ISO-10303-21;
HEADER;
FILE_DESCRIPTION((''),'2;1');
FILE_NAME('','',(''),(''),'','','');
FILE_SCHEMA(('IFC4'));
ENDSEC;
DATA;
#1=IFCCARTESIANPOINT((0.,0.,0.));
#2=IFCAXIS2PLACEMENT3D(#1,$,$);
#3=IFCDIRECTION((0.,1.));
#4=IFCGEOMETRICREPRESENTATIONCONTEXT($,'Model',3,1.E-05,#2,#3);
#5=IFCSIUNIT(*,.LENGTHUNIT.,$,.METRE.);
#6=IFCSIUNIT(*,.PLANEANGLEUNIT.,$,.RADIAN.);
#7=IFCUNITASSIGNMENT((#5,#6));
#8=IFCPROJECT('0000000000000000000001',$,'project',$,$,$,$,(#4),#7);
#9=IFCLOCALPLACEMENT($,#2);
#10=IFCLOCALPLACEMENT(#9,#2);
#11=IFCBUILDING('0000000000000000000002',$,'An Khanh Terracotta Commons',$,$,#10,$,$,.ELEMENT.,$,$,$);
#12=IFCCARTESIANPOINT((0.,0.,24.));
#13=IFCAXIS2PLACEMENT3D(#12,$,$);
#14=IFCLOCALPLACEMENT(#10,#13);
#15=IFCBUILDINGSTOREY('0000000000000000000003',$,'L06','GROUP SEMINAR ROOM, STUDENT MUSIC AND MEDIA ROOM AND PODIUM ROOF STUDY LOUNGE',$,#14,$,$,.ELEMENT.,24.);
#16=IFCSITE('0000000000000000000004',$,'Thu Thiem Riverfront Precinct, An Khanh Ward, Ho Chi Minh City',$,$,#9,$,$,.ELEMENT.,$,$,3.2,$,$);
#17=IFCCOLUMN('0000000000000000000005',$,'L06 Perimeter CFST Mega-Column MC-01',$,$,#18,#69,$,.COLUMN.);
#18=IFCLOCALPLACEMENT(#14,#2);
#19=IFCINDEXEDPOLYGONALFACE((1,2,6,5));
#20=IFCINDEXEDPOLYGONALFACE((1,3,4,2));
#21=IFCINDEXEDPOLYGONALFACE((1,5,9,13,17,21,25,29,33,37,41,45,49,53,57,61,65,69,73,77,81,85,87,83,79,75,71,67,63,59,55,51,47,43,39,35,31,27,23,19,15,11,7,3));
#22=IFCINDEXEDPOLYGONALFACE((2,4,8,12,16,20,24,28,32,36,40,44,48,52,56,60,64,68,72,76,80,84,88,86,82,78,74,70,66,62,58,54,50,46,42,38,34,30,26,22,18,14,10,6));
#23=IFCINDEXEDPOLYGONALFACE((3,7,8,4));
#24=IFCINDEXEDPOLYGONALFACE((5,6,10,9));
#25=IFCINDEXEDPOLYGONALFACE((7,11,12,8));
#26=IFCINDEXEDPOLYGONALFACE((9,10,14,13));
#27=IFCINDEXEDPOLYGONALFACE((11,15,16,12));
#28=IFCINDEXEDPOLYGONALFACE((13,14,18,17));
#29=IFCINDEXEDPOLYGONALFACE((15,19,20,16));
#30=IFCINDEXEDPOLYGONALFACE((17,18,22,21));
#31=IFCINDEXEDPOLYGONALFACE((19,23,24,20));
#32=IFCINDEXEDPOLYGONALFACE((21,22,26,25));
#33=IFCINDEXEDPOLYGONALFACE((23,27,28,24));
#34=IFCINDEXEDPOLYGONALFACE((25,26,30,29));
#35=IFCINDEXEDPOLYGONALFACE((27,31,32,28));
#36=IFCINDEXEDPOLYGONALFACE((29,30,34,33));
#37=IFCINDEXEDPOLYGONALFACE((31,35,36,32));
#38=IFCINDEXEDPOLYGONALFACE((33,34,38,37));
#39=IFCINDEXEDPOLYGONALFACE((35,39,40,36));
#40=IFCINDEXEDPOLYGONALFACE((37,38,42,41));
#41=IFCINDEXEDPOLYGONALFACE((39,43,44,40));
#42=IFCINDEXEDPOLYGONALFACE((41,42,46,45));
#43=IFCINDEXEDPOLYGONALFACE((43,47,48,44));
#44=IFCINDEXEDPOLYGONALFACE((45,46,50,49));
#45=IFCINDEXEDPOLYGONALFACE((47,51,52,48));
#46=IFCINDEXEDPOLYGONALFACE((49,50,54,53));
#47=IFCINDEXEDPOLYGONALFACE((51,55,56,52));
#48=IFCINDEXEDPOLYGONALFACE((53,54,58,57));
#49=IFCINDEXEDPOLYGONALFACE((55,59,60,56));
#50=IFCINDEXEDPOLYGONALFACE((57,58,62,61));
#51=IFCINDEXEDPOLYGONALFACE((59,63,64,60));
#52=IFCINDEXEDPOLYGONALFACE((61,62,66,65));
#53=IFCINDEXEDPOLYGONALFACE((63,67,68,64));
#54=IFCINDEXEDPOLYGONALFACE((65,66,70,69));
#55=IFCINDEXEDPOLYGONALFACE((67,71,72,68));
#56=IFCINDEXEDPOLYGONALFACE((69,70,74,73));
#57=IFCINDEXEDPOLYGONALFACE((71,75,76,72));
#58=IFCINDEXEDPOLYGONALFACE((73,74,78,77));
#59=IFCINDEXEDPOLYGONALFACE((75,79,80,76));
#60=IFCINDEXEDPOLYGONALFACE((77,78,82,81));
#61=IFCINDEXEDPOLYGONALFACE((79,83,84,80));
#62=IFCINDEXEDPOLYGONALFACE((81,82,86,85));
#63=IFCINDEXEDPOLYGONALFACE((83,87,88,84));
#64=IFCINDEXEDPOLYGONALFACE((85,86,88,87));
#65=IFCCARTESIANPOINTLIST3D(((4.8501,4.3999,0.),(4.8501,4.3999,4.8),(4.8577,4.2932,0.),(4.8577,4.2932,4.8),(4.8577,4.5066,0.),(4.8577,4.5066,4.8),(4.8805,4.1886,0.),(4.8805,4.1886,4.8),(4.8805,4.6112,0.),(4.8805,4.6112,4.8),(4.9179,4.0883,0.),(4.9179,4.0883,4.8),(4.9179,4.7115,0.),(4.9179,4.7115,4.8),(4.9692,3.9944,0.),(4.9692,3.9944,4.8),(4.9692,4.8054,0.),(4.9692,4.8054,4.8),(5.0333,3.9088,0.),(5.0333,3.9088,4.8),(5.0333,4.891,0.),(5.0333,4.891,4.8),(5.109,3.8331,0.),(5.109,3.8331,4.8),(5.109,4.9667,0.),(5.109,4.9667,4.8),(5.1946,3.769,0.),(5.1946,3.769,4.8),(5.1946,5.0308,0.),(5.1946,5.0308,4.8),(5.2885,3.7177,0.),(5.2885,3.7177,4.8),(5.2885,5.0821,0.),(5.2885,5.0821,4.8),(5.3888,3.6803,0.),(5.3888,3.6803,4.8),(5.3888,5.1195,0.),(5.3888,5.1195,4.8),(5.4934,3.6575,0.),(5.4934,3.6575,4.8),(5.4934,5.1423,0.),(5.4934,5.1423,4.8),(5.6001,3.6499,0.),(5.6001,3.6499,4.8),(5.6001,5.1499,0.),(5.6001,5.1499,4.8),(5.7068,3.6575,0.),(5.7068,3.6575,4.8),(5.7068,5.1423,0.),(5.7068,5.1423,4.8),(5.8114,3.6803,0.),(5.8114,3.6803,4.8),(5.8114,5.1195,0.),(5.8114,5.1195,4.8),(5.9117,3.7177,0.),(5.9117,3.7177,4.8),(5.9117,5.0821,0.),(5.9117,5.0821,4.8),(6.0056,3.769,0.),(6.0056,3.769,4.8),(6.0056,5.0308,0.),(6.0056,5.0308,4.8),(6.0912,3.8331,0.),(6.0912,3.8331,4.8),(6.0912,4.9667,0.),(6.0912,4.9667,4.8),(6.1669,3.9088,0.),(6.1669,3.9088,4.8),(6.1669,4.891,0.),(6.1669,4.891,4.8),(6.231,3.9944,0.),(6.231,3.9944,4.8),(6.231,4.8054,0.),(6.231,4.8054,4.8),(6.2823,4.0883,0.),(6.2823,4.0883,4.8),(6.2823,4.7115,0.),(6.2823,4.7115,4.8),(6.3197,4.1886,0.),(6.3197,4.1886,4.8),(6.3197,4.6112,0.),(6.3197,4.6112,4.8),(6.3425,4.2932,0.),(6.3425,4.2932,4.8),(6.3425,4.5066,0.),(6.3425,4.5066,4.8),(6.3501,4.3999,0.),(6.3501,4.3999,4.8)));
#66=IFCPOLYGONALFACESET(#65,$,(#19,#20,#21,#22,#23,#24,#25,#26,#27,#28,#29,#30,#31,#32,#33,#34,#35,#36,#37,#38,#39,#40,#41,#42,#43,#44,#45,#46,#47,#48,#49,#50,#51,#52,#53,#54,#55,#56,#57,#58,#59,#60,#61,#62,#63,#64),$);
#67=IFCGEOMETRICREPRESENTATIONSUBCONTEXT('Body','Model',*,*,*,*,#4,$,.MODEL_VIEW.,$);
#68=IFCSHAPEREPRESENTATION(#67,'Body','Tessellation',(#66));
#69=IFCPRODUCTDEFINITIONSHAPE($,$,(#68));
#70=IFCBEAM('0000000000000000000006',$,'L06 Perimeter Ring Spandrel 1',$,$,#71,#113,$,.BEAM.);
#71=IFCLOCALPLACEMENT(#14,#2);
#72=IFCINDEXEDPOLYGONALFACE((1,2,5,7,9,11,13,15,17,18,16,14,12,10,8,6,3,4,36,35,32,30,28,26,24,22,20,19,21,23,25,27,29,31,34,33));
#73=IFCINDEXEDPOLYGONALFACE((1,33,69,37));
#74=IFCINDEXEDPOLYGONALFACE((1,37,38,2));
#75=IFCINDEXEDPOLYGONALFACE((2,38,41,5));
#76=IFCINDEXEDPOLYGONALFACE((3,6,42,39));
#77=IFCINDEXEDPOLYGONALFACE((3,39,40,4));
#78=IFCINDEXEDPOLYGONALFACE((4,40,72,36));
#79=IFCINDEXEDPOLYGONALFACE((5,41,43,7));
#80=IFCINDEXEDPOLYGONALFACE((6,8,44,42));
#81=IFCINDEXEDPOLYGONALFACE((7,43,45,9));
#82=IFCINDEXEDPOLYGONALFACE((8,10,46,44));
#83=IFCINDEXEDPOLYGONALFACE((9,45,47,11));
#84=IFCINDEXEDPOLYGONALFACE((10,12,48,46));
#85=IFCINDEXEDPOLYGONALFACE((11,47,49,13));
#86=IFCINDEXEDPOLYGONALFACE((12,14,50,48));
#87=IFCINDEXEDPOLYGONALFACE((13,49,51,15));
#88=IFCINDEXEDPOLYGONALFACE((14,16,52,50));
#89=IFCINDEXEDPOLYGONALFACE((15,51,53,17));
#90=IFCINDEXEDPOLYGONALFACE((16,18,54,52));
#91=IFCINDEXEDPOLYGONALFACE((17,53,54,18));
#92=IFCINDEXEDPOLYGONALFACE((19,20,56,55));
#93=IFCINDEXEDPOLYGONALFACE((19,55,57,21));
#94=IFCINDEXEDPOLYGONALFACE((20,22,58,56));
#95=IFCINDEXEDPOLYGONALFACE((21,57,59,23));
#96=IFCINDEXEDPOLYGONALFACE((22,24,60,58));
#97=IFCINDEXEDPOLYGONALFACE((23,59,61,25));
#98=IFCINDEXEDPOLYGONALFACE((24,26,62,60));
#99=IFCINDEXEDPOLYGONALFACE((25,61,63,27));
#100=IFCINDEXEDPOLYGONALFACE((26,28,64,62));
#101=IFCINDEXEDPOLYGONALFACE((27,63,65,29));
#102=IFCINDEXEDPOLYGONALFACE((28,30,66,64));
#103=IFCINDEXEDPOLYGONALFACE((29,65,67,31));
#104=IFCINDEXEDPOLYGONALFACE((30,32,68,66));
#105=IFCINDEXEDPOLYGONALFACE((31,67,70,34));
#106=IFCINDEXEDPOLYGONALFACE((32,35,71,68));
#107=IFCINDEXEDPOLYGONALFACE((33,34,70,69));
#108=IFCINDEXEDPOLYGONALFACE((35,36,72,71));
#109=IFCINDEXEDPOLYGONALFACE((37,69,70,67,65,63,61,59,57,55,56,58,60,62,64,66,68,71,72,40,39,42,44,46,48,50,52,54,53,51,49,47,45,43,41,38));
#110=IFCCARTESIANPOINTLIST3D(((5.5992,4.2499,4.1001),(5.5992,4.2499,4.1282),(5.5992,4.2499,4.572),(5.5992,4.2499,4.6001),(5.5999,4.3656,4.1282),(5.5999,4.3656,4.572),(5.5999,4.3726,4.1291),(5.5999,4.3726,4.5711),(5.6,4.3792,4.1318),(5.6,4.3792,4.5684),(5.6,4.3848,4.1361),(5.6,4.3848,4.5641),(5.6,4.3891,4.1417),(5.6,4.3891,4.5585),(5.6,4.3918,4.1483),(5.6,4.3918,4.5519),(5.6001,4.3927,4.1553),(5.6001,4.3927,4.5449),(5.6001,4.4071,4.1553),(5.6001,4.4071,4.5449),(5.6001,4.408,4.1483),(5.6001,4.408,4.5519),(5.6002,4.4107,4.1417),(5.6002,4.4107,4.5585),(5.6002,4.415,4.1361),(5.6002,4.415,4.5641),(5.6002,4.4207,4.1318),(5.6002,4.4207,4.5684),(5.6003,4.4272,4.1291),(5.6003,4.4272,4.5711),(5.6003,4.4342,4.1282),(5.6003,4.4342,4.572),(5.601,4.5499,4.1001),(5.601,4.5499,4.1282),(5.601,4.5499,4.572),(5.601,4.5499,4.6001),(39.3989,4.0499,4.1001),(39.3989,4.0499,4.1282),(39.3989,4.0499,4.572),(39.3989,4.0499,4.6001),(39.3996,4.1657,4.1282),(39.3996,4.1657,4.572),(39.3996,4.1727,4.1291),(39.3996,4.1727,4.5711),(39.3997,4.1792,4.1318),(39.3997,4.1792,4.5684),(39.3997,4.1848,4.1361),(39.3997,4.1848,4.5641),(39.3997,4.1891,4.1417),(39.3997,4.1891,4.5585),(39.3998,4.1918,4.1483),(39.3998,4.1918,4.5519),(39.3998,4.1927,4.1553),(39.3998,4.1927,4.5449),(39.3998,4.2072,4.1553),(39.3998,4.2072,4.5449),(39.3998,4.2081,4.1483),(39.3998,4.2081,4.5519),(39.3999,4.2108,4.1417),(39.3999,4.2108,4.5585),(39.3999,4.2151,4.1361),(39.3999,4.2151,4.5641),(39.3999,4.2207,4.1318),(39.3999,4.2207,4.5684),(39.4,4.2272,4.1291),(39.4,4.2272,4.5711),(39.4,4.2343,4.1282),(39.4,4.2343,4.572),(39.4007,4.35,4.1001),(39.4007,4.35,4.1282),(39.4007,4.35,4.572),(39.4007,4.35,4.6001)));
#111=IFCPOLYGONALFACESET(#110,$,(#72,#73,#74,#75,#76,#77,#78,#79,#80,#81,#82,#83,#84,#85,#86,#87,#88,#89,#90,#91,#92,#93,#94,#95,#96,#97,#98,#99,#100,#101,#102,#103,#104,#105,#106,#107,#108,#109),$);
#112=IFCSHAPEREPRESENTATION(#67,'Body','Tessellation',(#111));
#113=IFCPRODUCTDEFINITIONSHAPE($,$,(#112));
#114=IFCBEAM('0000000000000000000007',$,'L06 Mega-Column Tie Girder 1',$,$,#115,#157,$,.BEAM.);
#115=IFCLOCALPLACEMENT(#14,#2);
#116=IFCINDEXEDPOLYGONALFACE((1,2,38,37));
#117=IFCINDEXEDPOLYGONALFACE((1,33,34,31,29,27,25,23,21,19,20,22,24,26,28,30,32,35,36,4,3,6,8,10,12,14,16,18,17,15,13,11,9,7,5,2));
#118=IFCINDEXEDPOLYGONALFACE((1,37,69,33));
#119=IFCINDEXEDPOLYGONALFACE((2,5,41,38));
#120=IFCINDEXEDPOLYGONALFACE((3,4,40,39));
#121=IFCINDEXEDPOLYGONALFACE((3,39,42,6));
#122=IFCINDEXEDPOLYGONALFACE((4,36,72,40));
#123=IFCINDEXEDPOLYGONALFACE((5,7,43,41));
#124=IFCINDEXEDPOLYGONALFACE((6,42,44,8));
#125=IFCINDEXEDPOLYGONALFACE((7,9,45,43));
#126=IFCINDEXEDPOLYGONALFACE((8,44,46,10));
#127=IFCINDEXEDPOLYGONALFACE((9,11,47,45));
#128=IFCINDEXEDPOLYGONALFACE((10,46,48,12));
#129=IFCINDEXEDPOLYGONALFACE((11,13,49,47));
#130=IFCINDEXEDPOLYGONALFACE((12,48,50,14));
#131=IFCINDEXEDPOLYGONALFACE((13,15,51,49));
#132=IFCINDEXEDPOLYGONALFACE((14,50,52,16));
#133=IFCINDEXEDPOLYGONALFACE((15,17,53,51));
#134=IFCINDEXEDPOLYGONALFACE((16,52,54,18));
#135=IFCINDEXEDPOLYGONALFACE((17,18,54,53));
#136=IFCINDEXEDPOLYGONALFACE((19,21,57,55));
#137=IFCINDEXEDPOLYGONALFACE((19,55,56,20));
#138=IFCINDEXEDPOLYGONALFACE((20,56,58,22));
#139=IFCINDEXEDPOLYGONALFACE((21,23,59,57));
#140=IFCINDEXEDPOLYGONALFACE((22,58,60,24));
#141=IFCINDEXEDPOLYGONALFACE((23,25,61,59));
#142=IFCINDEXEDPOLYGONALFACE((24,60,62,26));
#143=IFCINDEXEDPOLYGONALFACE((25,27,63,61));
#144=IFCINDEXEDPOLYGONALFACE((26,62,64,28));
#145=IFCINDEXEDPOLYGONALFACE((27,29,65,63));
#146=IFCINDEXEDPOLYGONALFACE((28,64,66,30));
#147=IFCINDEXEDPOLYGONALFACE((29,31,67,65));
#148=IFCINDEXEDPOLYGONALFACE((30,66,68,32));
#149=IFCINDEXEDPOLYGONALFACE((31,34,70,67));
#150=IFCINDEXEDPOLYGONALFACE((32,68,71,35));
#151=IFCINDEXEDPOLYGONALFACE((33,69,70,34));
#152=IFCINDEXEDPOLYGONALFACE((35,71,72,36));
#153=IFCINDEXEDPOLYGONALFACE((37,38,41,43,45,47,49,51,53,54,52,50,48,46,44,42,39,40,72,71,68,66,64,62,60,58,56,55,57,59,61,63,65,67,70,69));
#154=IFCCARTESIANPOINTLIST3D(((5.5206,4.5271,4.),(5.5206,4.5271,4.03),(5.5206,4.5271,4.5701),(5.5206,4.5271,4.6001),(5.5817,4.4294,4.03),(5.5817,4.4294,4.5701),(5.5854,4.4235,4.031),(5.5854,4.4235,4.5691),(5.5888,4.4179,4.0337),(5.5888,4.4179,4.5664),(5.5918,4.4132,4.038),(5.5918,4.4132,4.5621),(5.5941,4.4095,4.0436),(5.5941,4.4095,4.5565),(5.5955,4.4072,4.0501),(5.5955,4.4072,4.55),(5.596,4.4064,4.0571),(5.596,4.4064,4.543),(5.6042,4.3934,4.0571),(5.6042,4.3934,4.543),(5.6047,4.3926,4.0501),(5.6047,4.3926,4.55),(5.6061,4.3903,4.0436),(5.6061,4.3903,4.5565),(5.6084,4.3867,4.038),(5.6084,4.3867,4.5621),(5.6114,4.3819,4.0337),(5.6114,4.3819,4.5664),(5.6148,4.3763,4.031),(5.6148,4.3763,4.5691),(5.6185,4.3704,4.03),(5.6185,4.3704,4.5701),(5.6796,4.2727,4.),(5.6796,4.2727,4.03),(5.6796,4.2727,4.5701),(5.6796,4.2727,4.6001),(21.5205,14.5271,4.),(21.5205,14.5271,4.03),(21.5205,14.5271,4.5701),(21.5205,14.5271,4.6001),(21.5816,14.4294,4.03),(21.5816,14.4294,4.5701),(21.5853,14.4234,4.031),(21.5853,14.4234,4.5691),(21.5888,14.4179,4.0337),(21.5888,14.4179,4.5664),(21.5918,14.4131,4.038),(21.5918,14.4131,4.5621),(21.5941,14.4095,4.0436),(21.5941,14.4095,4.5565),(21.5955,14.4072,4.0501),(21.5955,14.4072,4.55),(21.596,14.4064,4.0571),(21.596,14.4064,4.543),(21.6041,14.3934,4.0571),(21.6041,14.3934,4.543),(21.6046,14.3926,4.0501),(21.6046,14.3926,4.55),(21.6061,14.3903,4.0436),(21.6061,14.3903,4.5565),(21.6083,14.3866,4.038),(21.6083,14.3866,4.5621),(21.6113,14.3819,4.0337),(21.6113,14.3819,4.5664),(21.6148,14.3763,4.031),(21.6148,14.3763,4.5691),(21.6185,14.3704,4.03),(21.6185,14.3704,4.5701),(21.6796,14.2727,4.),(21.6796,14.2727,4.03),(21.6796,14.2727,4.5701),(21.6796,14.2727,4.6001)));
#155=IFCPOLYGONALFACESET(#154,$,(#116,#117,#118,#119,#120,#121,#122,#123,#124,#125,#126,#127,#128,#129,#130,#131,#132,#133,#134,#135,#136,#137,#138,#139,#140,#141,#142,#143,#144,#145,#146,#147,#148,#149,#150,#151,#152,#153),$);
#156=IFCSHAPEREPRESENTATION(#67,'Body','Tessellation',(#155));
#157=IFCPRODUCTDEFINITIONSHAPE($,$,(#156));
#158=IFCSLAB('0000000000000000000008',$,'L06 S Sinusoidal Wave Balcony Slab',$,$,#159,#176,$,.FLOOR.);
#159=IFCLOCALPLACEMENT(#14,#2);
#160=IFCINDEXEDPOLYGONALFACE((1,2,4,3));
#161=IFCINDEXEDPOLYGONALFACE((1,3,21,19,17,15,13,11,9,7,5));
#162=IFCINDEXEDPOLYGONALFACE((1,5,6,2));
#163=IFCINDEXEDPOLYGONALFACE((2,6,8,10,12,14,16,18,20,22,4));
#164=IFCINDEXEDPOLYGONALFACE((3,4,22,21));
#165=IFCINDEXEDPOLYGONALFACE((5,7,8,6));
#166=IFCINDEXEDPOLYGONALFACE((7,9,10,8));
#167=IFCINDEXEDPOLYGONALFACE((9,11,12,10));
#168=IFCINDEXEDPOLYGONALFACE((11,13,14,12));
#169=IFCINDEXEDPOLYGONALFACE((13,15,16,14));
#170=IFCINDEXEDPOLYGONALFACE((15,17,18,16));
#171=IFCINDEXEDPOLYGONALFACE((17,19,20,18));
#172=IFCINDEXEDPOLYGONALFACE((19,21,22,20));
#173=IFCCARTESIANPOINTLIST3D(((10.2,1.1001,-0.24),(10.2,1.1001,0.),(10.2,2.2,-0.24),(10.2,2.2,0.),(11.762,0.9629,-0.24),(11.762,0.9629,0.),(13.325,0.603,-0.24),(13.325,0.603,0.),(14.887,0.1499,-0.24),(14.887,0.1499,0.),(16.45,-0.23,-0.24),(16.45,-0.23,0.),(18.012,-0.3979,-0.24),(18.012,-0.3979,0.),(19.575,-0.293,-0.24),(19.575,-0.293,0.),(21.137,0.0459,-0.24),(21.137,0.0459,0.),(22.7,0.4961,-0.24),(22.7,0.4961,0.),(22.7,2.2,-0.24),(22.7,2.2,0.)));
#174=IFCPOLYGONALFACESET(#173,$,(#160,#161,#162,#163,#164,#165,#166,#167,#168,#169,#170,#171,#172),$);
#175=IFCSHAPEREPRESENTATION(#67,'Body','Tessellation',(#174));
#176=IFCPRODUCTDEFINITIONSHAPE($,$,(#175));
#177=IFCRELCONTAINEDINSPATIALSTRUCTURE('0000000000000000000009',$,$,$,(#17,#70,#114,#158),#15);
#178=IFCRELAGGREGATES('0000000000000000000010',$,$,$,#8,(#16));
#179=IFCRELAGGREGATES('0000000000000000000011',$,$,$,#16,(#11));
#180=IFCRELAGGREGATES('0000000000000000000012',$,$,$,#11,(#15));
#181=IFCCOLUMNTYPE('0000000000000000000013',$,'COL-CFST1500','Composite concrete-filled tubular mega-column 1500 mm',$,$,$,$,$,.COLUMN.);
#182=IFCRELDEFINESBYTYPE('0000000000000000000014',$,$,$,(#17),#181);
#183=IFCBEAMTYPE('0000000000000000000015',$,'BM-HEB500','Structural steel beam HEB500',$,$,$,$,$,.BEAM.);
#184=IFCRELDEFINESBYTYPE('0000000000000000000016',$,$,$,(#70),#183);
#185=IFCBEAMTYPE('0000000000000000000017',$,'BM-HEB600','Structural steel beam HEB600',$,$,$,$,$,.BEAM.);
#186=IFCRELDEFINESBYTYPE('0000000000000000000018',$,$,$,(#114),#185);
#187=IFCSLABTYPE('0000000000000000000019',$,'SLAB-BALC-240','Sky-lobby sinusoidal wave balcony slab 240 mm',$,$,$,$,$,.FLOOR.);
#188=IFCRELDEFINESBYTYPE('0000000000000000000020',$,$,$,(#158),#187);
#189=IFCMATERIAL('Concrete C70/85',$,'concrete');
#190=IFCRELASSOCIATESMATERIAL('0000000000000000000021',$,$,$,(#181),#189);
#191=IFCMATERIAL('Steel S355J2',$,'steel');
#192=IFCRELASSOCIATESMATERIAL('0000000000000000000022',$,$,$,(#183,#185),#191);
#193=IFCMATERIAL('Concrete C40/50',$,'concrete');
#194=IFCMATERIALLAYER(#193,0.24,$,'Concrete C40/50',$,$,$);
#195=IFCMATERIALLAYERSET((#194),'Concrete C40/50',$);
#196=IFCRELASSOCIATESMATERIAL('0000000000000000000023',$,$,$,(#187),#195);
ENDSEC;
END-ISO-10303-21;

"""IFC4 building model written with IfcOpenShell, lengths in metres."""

from ifc_helpers import new_model, si_unit, direction, frame, origin, origin_2d, place, context, subcontext, project, spatial, polyline, circle, i_section, outline, extrude, material, layer, layer_set, material_profile, profile_set, type_object, element, save


model = new_model("IFC4")

# Units and contexts
model_context = context("Model", 3, precision=1e-05, world=origin(), true_north=direction((0.0, 1.0)))
body_context = subcontext(model_context, "Body", "Model", "MODEL_VIEW")
ifc_project = project(units=[si_unit("LENGTHUNIT", "METRE"), si_unit("PLANEANGLEUNIT", "RADIAN")], contexts=[model_context])

# Site, building, storey
site_placement = place(None, origin())
site = spatial("IfcSite", under=ifc_project, at=site_placement, Name="Thu Thiem Riverfront Precinct, An Khanh Ward, Ho Chi Minh City", CompositionType="ELEMENT", RefElevation=3.2)
building_placement = place(site_placement, origin())
building = spatial("IfcBuilding", under=site, at=building_placement, Name="An Khanh Terracotta Commons", CompositionType="ELEMENT")
storey_placement = place(building_placement, frame((0.0, 0.0, 24.0)))
storey = spatial("IfcBuildingStorey", under=building, at=storey_placement, Name="L06", Description="GROUP SEMINAR ROOM, STUDENT MUSIC AND MEDIA ROOM AND PODIUM ROOF STUDY LOUNGE", CompositionType="ELEMENT", Elevation=24.0)

# Column
ifc_material_1 = material(Name="Concrete C70/85", Category="concrete")
ifc_material_profile_1 = material_profile(ifc_material_1, circle(Radius=0.75, at=origin_2d()), Name="CFST1500")
ifc_profile_set_1 = profile_set([ifc_material_profile_1], Name="Concrete C70/85")
column_type = type_object("IfcColumnType", Name="COL-CFST1500", Description="Composite concrete-filled tubular mega-column 1500 mm", PredefinedType="COLUMN", material=ifc_profile_set_1)
column_placement = place(storey_placement, frame((5.6001, 4.3999, 0.0), z_axis=(0.0, 0.0, 1.0), x_axis=(1.0, 0.0, 0.0)))
element("IfcColumn", 1, at=column_placement, inside=storey, type_object=column_type, Name="L06 Perimeter CFST Mega-Column MC-01", PredefinedType="COLUMN", context=body_context, shape_type="SweptSolid", body=[
    extrude(circle(Radius=0.75, at=origin_2d()), origin(), (0.0, 0.0, 1.0), 4.8),
])

# Beams
ifc_material_2 = material(Name="Steel S355J2", Category="steel")
ifc_material_profile_2 = material_profile(ifc_material_2, i_section(OverallWidth=0.3, OverallDepth=0.5, WebThickness=0.0144, FlangeThickness=0.0281, FilletRadius=0.0271, at=origin_2d()), Name="HEB500")
ifc_profile_set_2 = profile_set([ifc_material_profile_2], Name="Steel S355J2")
beam_type_1 = type_object("IfcBeamType", Name="BM-HEB500", Description="Structural steel beam HEB500", PredefinedType="BEAM", material=ifc_profile_set_2)
beam_1_placement = place(storey_placement, frame((5.6001, 4.3999, 4.3501), z_axis=(0.999983, -0.005916, 0.0), x_axis=(0.005916, 0.999983, 0.0)))
element("IfcBeam", 2, at=beam_1_placement, inside=storey, type_object=beam_type_1, Name="L06 Perimeter Ring Spandrel 1", PredefinedType="BEAM", context=body_context, shape_type="SweptSolid", body=[
    extrude(i_section(OverallWidth=0.3, OverallDepth=0.5, WebThickness=0.0144, FlangeThickness=0.0281, FilletRadius=0.0271, at=origin_2d()), origin(), (0.0, 0.0, 1.0), 33.8003),
])
ifc_material_profile_3 = material_profile(ifc_material_2, i_section(OverallWidth=0.3, OverallDepth=0.6001, WebThickness=0.0154, FlangeThickness=0.03, FilletRadius=0.0271, at=origin_2d()), Name="HEB600")
ifc_profile_set_3 = profile_set([ifc_material_profile_3], Name="Steel S355J2")
beam_type_2 = type_object("IfcBeamType", Name="BM-HEB600", Description="Structural steel beam HEB600", PredefinedType="BEAM", material=ifc_profile_set_3)
beam_2_placement = place(storey_placement, frame((5.6001, 4.3999, 4.3), z_axis=(0.847998, 0.529999, 0.0), x_axis=(-0.529999, 0.847998, 0.0)))
element("IfcBeam", 3, at=beam_2_placement, inside=storey, type_object=beam_type_2, Name="L06 Mega-Column Tie Girder 1", PredefinedType="BEAM", context=body_context, shape_type="SweptSolid", body=[
    extrude(i_section(OverallWidth=0.3, OverallDepth=0.6001, WebThickness=0.0154, FlangeThickness=0.03, FilletRadius=0.0271, at=origin_2d()), origin(), (0.0, 0.0, 1.0), 18.8679),
])

# Slab
ifc_material_3 = material(Name="Concrete C40/50", Category="concrete")
ifc_layer_1 = layer(ifc_material_3, 0.24, Name="Concrete C40/50")
ifc_layer_set_1 = layer_set([ifc_layer_1], Name="Concrete C40/50")
slab_type_1 = type_object("IfcSlabType", Name="SLAB-BALC-240", Description="Sky-lobby sinusoidal wave balcony slab 240 mm", PredefinedType="FLOOR", material=ifc_layer_set_1)
slab_1_placement = place(storey_placement, frame((0.0, 0.0, -0.24)))
element("IfcSlab", 4, at=slab_1_placement, inside=storey, type_object=slab_type_1, Name="L06 S Sinusoidal Wave Balcony Slab", PredefinedType="FLOOR", context=body_context, shape_type="SweptSolid", body=[
    extrude(outline(polyline([(10.2, 2.2), (10.2, 1.1001), (11.762, 0.9629), (13.325, 0.603), (14.887, 0.1499), (16.45, -0.23), (18.012, -0.3979), (19.575, -0.293), (21.137, 0.0459), (22.7, 0.4961), (22.7, 2.2), (10.2, 2.2)])), origin(), (0.0, 0.0, 1.0), 0.24),
])

save(model, "model.ifc")
